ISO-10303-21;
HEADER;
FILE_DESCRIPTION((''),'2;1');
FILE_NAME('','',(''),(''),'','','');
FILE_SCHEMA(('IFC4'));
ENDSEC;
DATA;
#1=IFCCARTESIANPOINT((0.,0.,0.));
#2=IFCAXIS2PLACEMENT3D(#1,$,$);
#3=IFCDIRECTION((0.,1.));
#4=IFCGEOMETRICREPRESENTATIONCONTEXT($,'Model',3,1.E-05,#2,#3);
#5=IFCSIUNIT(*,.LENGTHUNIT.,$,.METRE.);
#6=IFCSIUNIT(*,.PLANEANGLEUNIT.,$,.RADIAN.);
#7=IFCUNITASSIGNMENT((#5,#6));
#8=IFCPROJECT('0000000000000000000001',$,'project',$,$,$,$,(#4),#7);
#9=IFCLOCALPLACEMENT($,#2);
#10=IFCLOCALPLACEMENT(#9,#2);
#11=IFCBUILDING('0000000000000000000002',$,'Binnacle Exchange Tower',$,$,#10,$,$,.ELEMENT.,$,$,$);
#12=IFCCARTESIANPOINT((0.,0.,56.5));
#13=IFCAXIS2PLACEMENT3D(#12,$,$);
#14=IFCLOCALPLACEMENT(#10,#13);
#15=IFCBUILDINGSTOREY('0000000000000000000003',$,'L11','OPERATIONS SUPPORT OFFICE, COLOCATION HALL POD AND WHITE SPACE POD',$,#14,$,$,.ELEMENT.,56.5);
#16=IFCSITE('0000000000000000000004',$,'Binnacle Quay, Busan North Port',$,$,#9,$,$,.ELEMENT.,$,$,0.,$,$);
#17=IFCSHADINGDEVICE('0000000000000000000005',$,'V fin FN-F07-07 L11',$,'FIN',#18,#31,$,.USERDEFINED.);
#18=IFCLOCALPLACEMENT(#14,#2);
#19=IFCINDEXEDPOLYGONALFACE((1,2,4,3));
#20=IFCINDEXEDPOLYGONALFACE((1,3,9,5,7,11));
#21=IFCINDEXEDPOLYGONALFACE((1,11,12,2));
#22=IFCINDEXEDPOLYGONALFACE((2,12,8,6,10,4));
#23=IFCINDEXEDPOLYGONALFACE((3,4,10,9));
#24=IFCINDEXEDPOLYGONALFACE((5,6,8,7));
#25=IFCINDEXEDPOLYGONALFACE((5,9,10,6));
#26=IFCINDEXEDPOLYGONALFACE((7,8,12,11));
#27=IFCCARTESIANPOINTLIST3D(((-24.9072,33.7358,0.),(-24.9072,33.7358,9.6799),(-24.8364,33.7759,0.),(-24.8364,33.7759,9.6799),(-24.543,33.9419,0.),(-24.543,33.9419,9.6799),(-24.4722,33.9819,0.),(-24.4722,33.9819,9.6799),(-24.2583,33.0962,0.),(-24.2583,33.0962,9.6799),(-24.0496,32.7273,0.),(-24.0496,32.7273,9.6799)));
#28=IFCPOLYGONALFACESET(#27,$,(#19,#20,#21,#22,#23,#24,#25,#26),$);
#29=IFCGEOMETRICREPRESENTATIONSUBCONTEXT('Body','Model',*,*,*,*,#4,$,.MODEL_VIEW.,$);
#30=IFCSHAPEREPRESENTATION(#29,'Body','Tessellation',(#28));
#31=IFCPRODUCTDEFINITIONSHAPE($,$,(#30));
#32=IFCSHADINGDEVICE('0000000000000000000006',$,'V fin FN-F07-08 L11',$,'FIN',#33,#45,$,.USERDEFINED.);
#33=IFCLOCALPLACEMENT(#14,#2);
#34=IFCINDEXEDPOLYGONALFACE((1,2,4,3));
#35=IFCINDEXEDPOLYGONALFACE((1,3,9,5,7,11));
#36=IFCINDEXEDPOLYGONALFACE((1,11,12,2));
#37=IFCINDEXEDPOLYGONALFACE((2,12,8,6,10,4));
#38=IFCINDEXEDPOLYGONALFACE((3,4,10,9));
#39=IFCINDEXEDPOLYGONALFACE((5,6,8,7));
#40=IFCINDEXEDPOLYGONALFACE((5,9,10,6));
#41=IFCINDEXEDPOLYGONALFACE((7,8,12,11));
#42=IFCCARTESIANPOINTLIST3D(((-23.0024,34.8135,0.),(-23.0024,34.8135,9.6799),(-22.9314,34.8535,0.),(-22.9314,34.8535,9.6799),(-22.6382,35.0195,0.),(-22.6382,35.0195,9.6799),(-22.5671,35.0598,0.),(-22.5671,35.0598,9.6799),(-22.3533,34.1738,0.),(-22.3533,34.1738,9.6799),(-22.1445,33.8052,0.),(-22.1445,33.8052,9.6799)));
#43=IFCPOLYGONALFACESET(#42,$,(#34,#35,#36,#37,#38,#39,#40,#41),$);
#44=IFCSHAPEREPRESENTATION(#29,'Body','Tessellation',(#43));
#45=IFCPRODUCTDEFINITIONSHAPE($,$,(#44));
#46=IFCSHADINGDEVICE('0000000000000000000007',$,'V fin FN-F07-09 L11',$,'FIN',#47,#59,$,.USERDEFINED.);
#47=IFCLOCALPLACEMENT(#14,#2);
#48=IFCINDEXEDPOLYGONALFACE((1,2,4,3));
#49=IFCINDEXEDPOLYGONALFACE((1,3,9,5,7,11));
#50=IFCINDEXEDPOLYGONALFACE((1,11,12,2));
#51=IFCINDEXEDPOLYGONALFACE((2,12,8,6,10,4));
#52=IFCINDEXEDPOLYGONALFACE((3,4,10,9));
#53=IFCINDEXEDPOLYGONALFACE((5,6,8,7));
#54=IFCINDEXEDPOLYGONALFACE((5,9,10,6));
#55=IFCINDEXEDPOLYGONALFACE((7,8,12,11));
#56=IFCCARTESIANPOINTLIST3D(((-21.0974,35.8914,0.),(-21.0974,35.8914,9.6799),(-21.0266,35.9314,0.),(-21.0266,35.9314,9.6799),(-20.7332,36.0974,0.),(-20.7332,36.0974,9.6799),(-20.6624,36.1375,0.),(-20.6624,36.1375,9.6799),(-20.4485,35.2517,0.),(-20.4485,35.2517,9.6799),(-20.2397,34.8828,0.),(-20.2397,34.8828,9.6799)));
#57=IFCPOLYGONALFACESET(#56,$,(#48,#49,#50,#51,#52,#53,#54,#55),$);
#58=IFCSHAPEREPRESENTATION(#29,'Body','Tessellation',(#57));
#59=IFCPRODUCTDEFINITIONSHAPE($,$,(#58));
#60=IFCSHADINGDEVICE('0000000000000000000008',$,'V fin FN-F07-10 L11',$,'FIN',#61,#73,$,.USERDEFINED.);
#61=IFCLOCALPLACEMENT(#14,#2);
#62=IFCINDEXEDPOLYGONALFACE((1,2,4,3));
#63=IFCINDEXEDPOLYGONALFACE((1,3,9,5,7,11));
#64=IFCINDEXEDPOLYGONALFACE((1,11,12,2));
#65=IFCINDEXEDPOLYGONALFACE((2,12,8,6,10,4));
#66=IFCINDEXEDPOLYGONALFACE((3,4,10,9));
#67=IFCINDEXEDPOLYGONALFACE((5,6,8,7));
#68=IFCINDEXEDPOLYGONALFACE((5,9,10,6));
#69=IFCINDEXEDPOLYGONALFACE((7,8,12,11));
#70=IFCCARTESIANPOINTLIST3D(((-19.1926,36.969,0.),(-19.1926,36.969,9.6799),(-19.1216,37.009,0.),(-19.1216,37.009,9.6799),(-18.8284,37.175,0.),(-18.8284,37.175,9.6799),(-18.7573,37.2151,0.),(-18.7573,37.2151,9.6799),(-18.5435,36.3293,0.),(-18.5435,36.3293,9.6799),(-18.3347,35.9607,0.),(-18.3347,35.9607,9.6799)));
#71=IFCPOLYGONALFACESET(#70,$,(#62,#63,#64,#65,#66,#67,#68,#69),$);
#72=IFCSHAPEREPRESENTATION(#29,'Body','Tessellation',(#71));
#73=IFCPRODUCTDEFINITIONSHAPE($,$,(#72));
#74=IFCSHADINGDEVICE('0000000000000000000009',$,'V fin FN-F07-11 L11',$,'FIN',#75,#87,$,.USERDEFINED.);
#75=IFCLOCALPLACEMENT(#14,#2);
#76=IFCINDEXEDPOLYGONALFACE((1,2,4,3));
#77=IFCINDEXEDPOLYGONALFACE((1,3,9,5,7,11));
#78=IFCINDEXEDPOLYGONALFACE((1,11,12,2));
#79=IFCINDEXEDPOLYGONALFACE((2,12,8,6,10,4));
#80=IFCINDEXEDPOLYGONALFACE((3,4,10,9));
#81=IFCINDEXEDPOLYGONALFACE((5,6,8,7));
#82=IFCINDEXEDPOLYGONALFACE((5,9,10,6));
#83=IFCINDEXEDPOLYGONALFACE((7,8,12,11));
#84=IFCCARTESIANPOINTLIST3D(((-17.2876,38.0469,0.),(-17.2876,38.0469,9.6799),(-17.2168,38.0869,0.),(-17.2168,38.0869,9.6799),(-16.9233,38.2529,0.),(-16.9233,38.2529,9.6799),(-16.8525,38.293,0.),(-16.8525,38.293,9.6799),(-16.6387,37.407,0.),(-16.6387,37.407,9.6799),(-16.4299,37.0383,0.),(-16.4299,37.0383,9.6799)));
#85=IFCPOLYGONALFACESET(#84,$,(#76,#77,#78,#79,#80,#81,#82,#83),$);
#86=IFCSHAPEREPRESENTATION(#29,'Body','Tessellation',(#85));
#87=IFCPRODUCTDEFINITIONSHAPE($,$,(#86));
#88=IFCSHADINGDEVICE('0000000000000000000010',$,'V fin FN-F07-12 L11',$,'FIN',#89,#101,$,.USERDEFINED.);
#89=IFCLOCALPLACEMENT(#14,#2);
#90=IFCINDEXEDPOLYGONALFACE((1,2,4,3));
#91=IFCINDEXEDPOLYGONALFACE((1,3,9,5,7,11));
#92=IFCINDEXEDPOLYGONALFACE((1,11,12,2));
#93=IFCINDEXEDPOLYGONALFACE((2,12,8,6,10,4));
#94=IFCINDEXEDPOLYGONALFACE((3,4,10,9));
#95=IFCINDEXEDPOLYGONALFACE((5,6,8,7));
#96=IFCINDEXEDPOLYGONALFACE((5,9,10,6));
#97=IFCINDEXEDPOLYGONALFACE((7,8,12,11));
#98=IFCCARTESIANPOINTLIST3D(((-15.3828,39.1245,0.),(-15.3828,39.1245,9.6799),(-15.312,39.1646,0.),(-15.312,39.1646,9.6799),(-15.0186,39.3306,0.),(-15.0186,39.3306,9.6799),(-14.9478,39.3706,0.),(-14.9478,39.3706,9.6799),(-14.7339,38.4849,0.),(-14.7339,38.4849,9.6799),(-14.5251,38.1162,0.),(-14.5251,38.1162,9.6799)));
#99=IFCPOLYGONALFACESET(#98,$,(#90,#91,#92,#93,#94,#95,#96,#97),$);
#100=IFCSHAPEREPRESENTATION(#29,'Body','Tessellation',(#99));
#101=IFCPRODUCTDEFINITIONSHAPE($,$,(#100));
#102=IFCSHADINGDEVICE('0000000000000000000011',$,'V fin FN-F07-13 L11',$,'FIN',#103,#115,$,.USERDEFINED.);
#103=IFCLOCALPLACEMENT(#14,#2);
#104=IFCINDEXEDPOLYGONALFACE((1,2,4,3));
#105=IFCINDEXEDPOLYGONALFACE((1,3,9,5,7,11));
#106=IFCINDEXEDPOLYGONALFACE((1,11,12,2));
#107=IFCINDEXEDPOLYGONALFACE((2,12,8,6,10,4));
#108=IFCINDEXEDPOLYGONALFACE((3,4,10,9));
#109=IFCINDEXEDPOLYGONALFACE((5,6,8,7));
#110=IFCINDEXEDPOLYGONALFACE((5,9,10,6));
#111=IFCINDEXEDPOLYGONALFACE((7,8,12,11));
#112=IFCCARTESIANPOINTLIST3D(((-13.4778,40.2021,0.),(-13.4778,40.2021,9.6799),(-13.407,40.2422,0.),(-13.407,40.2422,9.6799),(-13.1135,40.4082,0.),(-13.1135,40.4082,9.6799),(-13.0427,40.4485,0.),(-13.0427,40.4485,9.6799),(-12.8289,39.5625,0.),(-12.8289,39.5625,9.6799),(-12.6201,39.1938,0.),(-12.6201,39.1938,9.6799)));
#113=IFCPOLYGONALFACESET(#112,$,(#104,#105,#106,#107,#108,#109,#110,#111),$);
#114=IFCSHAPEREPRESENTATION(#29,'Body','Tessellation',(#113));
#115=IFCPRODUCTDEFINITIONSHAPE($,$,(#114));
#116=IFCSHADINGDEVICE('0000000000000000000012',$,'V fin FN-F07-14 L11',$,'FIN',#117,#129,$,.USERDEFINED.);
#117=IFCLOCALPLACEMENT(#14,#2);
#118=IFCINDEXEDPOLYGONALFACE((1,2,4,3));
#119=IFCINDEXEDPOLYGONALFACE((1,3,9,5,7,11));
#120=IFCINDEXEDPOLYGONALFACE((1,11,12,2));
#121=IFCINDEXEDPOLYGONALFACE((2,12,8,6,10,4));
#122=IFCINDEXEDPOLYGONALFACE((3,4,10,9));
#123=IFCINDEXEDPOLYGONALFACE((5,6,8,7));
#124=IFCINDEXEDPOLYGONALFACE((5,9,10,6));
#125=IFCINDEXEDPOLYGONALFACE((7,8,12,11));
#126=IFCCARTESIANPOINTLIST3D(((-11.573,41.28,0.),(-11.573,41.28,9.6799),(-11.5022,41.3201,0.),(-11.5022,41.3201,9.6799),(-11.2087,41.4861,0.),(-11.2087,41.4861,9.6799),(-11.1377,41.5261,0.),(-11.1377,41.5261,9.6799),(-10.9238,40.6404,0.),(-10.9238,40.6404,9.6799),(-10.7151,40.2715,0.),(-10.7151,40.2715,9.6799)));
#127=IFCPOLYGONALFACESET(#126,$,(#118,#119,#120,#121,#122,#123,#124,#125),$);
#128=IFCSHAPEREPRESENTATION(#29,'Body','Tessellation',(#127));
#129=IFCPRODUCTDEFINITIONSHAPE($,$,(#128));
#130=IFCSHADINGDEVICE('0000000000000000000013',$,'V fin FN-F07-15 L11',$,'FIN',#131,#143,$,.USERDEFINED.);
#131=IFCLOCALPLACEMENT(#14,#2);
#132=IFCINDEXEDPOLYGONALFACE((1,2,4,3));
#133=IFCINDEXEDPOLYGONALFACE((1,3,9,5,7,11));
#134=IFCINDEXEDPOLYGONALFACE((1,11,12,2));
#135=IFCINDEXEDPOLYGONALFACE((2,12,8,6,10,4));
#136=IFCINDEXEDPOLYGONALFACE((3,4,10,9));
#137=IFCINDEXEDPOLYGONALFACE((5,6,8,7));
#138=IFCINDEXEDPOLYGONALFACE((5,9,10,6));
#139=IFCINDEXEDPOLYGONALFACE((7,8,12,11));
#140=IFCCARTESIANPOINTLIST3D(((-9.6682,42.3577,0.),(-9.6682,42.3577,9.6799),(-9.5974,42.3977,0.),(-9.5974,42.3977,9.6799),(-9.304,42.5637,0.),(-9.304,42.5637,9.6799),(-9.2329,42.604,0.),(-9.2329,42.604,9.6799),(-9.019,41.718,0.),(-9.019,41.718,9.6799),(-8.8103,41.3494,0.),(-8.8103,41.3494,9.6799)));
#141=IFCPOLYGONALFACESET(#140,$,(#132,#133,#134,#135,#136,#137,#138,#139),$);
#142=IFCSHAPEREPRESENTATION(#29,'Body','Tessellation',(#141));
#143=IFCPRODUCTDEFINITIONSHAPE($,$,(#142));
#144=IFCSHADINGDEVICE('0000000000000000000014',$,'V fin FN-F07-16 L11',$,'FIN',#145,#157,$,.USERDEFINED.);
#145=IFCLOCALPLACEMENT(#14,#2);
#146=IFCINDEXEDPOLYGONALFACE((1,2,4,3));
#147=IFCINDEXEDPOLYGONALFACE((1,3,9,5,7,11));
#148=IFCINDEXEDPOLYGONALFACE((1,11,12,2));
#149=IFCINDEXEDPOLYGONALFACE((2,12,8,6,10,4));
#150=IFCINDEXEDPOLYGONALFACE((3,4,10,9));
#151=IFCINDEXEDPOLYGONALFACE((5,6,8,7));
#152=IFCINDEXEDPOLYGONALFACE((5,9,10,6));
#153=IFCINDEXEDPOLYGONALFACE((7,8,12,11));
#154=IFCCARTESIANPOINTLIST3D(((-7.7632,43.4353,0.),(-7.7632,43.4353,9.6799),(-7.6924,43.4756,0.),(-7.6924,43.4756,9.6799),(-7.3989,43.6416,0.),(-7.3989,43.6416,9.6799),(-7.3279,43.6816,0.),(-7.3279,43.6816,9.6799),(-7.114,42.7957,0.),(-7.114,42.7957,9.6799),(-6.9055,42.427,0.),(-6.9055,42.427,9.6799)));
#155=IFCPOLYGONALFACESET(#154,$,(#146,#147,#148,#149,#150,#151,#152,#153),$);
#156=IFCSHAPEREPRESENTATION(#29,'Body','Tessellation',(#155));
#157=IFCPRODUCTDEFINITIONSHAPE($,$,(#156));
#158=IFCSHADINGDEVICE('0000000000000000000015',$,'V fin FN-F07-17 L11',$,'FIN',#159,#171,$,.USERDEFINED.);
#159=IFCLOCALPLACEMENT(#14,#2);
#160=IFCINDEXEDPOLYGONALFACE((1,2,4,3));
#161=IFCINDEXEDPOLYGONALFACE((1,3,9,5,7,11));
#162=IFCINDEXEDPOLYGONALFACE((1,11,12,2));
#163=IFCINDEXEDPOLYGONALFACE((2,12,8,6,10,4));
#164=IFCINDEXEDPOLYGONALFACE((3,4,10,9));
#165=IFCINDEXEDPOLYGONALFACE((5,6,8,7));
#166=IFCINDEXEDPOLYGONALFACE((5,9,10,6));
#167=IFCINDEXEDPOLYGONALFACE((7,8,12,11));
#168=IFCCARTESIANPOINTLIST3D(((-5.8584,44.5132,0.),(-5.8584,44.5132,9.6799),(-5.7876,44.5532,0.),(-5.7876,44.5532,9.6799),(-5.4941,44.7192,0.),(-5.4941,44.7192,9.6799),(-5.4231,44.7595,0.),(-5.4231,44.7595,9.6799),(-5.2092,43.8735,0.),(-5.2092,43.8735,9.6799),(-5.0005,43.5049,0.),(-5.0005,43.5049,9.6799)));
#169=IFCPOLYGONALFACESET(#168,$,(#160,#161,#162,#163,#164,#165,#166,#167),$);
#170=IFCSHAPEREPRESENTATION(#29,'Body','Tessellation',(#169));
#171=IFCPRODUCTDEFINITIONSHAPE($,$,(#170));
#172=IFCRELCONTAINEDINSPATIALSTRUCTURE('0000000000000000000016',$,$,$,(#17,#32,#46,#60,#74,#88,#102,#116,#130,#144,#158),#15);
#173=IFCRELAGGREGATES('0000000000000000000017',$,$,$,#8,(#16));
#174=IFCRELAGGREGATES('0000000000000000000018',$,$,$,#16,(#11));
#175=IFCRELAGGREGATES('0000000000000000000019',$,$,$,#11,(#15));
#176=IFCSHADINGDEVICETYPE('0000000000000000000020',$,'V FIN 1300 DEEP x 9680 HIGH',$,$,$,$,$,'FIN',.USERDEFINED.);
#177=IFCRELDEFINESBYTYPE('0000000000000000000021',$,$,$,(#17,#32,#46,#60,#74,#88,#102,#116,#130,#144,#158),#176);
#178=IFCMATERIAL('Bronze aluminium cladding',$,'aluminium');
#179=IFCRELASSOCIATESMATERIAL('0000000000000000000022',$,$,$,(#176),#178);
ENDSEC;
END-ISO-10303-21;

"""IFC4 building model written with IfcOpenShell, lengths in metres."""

from ifc_helpers import new_model, si_unit, direction, frame, origin, place, context, subcontext, project, spatial, polyline, outline, extrude, material, type_object, element, save


model = new_model("IFC4")

# Units and contexts
model_context = context("Model", 3, precision=1e-05, world=origin(), true_north=direction((0.0, 1.0)))
body_context = subcontext(model_context, "Body", "Model", "MODEL_VIEW")
ifc_project = project(units=[si_unit("LENGTHUNIT", "METRE"), si_unit("PLANEANGLEUNIT", "RADIAN")], contexts=[model_context])

# Site, building, storey
site_placement = place(None, origin())
site = spatial("IfcSite", under=ifc_project, at=site_placement, Name="Binnacle Quay, Busan North Port", CompositionType="ELEMENT", RefElevation=0.0)
building_placement = place(site_placement, origin())
building = spatial("IfcBuilding", under=site, at=building_placement, Name="Binnacle Exchange Tower", CompositionType="ELEMENT")
storey_placement = place(building_placement, frame((0.0, 0.0, 56.5)))
storey = spatial("IfcBuildingStorey", under=building, at=storey_placement, Name="L11", Description="OPERATIONS SUPPORT OFFICE, COLOCATION HALL POD AND WHITE SPACE POD", CompositionType="ELEMENT", Elevation=56.5)

# Shading devices
ifc_material = material(Name="Bronze aluminium cladding", Category="aluminium")
shading_device_type = type_object("IfcShadingDeviceType", Name="V FIN 1300 DEEP x 9680 HIGH", ElementType="FIN", PredefinedType="USERDEFINED", material=ifc_material)
shading_device_1_placement = place(storey_placement, origin())
element("IfcShadingDevice", 1, at=shading_device_1_placement, inside=storey, type_object=shading_device_type, Name="V fin FN-F07-07 L11", ObjectType="FIN", PredefinedType="USERDEFINED", context=body_context, shape_type="SweptSolid", body=[
    extrude(outline(polyline([(-24.9072, 33.7358), (-24.0496, 32.7273), (-24.4722, 33.9819), (-24.543, 33.9419), (-24.2583, 33.0962), (-24.8364, 33.7759), (-24.9072, 33.7358)])), origin(), (0.0, 0.0, 1.0), 9.6799),
])
shading_device_2_placement = place(storey_placement, origin())
element("IfcShadingDevice", 2, at=shading_device_2_placement, inside=storey, type_object=shading_device_type, Name="V fin FN-F07-08 L11", ObjectType="FIN", PredefinedType="USERDEFINED", context=body_context, shape_type="SweptSolid", body=[
    extrude(outline(polyline([(-23.0024, 34.8135), (-22.1445, 33.8052), (-22.5671, 35.0598), (-22.6382, 35.0195), (-22.3533, 34.1738), (-22.9314, 34.8535), (-23.0024, 34.8135)])), origin(), (0.0, 0.0, 1.0), 9.6799),
])
shading_device_3_placement = place(storey_placement, origin())
element("IfcShadingDevice", 3, at=shading_device_3_placement, inside=storey, type_object=shading_device_type, Name="V fin FN-F07-09 L11", ObjectType="FIN", PredefinedType="USERDEFINED", context=body_context, shape_type="SweptSolid", body=[
    extrude(outline(polyline([(-21.0974, 35.8914), (-20.2397, 34.8828), (-20.6624, 36.1375), (-20.7332, 36.0974), (-20.4485, 35.2517), (-21.0266, 35.9314), (-21.0974, 35.8914)])), origin(), (0.0, 0.0, 1.0), 9.6799),
])
shading_device_4_placement = place(storey_placement, origin())
element("IfcShadingDevice", 4, at=shading_device_4_placement, inside=storey, type_object=shading_device_type, Name="V fin FN-F07-10 L11", ObjectType="FIN", PredefinedType="USERDEFINED", context=body_context, shape_type="SweptSolid", body=[
    extrude(outline(polyline([(-19.1926, 36.969), (-18.3347, 35.9607), (-18.7573, 37.2151), (-18.8284, 37.175), (-18.5435, 36.3293), (-19.1216, 37.009), (-19.1926, 36.969)])), origin(), (0.0, 0.0, 1.0), 9.6799),
])
shading_device_5_placement = place(storey_placement, origin())
element("IfcShadingDevice", 5, at=shading_device_5_placement, inside=storey, type_object=shading_device_type, Name="V fin FN-F07-11 L11", ObjectType="FIN", PredefinedType="USERDEFINED", context=body_context, shape_type="SweptSolid", body=[
    extrude(outline(polyline([(-17.2876, 38.0469), (-16.4299, 37.0383), (-16.8525, 38.293), (-16.9233, 38.2529), (-16.6387, 37.407), (-17.2168, 38.0869), (-17.2876, 38.0469)])), origin(), (0.0, 0.0, 1.0), 9.6799),
])
shading_device_6_placement = place(storey_placement, origin())
element("IfcShadingDevice", 6, at=shading_device_6_placement, inside=storey, type_object=shading_device_type, Name="V fin FN-F07-12 L11", ObjectType="FIN", PredefinedType="USERDEFINED", context=body_context, shape_type="SweptSolid", body=[
    extrude(outline(polyline([(-15.3828, 39.1245), (-14.5251, 38.1162), (-14.9478, 39.3706), (-15.0186, 39.3306), (-14.7339, 38.4849), (-15.312, 39.1646), (-15.3828, 39.1245)])), origin(), (0.0, 0.0, 1.0), 9.6799),
])
shading_device_7_placement = place(storey_placement, origin())
element("IfcShadingDevice", 7, at=shading_device_7_placement, inside=storey, type_object=shading_device_type, Name="V fin FN-F07-13 L11", ObjectType="FIN", PredefinedType="USERDEFINED", context=body_context, shape_type="SweptSolid", body=[
    extrude(outline(polyline([(-13.4778, 40.2021), (-12.6201, 39.1938), (-13.0427, 40.4485), (-13.1135, 40.4082), (-12.8289, 39.5625), (-13.407, 40.2422), (-13.4778, 40.2021)])), origin(), (0.0, 0.0, 1.0), 9.6799),
])
shading_device_8_placement = place(storey_placement, origin())
element("IfcShadingDevice", 8, at=shading_device_8_placement, inside=storey, type_object=shading_device_type, Name="V fin FN-F07-14 L11", ObjectType="FIN", PredefinedType="USERDEFINED", context=body_context, shape_type="SweptSolid", body=[
    extrude(outline(polyline([(-11.573, 41.28), (-10.7151, 40.2715), (-11.1377, 41.5261), (-11.2087, 41.4861), (-10.9238, 40.6404), (-11.5022, 41.3201), (-11.573, 41.28)])), origin(), (0.0, 0.0, 1.0), 9.6799),
])
shading_device_9_placement = place(storey_placement, origin())
element("IfcShadingDevice", 9, at=shading_device_9_placement, inside=storey, type_object=shading_device_type, Name="V fin FN-F07-15 L11", ObjectType="FIN", PredefinedType="USERDEFINED", context=body_context, shape_type="SweptSolid", body=[
    extrude(outline(polyline([(-9.6682, 42.3577), (-8.8103, 41.3494), (-9.2329, 42.604), (-9.304, 42.5637), (-9.019, 41.718), (-9.5974, 42.3977), (-9.6682, 42.3577)])), origin(), (0.0, 0.0, 1.0), 9.6799),
])
shading_device_10_placement = place(storey_placement, origin())
element("IfcShadingDevice", 10, at=shading_device_10_placement, inside=storey, type_object=shading_device_type, Name="V fin FN-F07-16 L11", ObjectType="FIN", PredefinedType="USERDEFINED", context=body_context, shape_type="SweptSolid", body=[
    extrude(outline(polyline([(-7.7632, 43.4353), (-6.9055, 42.427), (-7.3279, 43.6816), (-7.3989, 43.6416), (-7.114, 42.7957), (-7.6924, 43.4756), (-7.7632, 43.4353)])), origin(), (0.0, 0.0, 1.0), 9.6799),
])
shading_device_11_placement = place(storey_placement, origin())
element("IfcShadingDevice", 11, at=shading_device_11_placement, inside=storey, type_object=shading_device_type, Name="V fin FN-F07-17 L11", ObjectType="FIN", PredefinedType="USERDEFINED", context=body_context, shape_type="SweptSolid", body=[
    extrude(outline(polyline([(-5.8584, 44.5132), (-5.0005, 43.5049), (-5.4231, 44.7595), (-5.4941, 44.7192), (-5.2092, 43.8735), (-5.7876, 44.5532), (-5.8584, 44.5132)])), origin(), (0.0, 0.0, 1.0), 9.6799),
])

save(model, "model.ifc")
